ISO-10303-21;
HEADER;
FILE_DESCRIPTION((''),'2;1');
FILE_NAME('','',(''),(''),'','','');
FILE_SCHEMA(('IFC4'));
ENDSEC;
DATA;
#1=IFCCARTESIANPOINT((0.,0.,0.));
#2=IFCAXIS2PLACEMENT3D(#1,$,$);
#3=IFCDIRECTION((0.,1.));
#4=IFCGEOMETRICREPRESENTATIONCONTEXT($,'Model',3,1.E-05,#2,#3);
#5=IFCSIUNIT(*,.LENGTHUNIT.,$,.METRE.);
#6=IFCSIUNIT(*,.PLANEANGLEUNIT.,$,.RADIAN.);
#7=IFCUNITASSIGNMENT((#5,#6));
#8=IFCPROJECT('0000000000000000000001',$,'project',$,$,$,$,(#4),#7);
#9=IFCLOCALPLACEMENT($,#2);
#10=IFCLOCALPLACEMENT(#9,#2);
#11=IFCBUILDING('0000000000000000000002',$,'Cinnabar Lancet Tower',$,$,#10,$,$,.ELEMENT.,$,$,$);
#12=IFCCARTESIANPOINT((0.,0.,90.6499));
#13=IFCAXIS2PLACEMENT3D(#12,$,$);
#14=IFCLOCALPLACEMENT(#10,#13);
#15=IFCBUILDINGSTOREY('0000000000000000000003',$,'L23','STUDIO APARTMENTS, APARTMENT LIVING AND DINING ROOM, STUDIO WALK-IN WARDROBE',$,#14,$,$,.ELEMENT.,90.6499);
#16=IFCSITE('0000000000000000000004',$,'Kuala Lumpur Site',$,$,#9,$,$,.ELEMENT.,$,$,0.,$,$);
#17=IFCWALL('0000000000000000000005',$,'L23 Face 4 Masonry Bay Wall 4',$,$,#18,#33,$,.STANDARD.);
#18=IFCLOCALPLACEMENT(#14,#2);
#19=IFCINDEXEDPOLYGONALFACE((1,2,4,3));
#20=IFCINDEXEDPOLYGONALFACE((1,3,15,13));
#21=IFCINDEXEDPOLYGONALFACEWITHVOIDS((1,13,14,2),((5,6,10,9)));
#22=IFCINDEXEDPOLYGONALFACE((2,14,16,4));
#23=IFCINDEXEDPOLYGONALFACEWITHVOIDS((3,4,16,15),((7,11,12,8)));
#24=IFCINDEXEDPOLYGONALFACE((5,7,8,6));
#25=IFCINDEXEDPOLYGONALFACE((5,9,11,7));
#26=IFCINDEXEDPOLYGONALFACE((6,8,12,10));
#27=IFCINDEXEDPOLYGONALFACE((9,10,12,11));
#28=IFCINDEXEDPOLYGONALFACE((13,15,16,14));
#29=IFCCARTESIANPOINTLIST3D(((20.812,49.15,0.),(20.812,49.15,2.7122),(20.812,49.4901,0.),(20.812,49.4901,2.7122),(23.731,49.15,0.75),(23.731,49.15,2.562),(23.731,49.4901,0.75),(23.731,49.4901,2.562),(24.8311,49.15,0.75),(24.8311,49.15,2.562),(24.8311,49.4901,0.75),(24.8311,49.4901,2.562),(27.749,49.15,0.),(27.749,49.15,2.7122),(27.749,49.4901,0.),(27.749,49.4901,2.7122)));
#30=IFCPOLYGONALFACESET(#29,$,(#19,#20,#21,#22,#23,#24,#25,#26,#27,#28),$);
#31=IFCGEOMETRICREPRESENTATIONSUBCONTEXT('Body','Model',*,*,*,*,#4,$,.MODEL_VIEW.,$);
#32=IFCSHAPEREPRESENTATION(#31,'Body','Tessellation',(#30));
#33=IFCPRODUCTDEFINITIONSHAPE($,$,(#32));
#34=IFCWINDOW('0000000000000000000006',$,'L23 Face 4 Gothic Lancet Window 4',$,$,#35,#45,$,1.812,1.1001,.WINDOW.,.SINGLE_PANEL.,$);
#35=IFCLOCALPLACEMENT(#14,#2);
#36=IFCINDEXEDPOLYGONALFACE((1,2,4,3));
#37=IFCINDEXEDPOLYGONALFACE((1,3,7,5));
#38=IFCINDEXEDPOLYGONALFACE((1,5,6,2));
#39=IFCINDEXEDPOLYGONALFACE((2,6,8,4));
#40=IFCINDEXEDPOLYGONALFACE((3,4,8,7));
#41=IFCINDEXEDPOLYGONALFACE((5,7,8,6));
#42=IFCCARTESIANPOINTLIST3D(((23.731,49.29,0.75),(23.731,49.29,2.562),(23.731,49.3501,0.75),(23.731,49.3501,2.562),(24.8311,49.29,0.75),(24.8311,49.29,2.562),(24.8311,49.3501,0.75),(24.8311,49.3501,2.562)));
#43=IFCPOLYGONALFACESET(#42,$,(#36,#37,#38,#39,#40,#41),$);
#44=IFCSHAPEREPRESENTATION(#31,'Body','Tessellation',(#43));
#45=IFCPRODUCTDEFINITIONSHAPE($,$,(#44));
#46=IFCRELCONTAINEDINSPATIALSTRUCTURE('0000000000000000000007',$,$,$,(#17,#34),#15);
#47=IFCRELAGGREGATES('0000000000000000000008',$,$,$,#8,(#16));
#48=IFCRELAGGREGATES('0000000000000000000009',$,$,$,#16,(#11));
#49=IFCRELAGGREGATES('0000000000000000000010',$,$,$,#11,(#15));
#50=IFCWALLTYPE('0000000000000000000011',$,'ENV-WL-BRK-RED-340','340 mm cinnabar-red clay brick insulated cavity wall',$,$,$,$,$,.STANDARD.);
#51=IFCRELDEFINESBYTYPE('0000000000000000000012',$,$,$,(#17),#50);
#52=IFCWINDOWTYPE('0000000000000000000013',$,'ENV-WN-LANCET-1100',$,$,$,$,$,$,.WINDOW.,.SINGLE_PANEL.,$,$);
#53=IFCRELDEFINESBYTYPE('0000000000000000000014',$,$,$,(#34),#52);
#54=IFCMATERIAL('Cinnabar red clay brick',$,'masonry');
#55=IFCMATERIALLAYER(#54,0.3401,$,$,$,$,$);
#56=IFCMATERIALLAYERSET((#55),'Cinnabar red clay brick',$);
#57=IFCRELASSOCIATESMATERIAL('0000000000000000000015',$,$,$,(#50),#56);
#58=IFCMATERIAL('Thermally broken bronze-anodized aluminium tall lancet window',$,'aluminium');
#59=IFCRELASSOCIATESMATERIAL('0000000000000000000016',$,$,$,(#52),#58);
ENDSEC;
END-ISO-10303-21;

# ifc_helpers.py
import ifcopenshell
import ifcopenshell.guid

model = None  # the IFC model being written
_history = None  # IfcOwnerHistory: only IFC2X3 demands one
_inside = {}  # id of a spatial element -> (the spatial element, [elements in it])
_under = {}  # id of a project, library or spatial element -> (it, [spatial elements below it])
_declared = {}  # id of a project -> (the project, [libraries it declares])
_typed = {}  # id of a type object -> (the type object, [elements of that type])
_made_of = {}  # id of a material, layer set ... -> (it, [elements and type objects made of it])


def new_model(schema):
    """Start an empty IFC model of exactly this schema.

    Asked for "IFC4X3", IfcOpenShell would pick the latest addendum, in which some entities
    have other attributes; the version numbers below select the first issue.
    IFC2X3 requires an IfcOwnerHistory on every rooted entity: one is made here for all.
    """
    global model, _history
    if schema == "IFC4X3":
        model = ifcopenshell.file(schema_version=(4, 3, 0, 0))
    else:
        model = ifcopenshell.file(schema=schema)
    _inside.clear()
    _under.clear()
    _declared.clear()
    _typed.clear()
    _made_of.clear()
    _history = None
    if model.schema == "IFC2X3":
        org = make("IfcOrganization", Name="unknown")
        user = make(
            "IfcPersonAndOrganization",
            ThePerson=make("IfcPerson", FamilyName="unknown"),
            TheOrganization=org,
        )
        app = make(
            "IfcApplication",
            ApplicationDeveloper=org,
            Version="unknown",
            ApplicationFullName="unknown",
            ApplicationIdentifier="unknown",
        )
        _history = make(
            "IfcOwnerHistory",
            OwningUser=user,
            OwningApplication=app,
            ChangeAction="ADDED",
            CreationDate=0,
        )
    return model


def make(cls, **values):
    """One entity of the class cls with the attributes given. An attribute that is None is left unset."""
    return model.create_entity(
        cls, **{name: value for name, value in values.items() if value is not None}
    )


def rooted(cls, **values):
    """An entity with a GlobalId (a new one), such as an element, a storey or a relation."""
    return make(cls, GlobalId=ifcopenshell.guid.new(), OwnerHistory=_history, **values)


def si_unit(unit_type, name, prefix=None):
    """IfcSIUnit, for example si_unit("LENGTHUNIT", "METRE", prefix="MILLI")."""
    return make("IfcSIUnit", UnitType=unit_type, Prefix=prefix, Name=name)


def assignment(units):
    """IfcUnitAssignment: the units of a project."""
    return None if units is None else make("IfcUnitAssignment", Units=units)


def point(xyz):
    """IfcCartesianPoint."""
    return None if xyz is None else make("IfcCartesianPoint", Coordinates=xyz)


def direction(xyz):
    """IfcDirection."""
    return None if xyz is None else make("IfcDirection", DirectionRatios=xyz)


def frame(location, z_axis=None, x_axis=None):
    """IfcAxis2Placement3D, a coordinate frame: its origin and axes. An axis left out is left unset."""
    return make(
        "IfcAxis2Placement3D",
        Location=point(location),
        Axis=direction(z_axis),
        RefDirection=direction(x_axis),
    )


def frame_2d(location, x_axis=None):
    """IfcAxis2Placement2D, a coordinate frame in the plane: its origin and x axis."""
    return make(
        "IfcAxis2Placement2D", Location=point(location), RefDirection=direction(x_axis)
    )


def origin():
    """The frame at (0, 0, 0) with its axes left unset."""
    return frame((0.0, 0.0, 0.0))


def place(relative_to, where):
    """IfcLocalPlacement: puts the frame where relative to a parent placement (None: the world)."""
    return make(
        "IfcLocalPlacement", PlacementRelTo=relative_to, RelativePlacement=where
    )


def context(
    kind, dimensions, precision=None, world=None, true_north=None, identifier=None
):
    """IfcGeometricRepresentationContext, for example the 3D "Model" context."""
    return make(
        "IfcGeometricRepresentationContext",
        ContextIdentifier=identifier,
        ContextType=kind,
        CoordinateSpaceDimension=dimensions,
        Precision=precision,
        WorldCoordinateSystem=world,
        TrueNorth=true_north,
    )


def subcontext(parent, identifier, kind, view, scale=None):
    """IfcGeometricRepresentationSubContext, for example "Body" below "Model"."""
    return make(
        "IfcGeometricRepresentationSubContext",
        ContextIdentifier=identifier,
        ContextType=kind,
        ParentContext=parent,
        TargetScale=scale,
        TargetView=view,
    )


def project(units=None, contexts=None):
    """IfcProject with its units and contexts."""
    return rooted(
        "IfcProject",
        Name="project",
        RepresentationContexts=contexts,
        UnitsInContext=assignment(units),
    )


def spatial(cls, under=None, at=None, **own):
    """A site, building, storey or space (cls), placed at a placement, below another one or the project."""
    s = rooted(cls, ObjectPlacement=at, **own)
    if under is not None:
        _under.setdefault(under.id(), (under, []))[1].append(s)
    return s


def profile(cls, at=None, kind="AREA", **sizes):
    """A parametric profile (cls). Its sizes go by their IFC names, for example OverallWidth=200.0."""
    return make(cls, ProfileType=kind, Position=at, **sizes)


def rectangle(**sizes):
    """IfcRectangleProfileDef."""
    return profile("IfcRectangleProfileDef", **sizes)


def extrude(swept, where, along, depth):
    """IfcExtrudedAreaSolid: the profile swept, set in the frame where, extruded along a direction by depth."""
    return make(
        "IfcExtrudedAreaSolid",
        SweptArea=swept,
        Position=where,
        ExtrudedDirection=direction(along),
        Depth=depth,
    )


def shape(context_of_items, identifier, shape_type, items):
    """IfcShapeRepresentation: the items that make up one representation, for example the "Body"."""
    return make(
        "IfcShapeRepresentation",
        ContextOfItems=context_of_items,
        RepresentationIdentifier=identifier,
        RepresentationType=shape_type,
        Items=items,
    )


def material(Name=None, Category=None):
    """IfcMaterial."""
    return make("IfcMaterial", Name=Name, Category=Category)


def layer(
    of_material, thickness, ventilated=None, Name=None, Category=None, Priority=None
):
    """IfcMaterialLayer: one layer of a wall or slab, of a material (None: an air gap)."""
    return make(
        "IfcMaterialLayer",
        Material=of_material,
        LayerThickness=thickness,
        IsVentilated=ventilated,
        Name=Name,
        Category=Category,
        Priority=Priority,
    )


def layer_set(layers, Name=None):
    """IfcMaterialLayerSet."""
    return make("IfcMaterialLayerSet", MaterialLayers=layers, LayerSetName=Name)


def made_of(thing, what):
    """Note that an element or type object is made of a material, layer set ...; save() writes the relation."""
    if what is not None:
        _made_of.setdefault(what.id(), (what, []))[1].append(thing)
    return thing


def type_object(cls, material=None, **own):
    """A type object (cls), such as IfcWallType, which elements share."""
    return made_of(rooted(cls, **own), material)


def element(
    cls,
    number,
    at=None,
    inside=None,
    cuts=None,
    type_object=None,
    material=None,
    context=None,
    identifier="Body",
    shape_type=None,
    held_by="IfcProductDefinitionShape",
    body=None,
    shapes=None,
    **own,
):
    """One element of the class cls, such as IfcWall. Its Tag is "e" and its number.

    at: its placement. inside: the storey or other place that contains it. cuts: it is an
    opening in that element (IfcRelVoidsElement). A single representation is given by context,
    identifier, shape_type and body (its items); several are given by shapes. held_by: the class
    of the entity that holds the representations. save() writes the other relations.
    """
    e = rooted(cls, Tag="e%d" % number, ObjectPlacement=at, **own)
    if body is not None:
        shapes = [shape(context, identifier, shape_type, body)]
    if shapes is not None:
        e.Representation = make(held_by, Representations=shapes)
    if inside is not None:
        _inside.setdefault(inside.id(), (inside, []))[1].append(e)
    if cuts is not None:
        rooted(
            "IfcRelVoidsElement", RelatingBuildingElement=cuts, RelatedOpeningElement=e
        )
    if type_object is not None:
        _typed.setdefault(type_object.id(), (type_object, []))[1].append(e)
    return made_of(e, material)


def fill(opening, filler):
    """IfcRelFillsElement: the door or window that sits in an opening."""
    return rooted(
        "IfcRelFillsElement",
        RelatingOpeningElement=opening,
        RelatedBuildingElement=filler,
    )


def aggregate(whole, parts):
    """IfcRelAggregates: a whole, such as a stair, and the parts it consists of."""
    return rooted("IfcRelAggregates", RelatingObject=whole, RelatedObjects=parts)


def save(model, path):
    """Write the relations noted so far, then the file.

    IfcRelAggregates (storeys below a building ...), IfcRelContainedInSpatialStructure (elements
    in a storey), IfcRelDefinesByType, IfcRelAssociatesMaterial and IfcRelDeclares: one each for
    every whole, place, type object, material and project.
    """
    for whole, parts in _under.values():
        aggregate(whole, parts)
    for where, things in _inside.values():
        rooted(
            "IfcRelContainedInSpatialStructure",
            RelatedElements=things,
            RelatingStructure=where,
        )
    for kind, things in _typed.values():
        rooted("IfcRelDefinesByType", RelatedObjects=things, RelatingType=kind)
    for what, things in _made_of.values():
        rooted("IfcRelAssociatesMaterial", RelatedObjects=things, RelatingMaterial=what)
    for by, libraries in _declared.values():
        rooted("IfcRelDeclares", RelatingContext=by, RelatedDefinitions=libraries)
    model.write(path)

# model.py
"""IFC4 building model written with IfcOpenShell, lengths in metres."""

from ifc_helpers import new_model, si_unit, direction, frame, frame_2d, origin, place, context, subcontext, project, spatial, rectangle, extrude, material, layer, layer_set, type_object, element, fill, save


model = new_model("IFC4")

# Units and contexts
model_context = context("Model", 3, precision=1e-05, world=origin(), true_north=direction((0.0, 1.0)))
body_context = subcontext(model_context, "Body", "Model", "MODEL_VIEW")
ifc_project = project(units=[si_unit("LENGTHUNIT", "METRE"), si_unit("PLANEANGLEUNIT", "RADIAN")], contexts=[model_context])

# Site, building, storey
site_placement = place(None, origin())
site = spatial("IfcSite", under=ifc_project, at=site_placement, Name="Kuala Lumpur Site", CompositionType="ELEMENT", RefElevation=0.0)
building_placement = place(site_placement, origin())
building = spatial("IfcBuilding", under=site, at=building_placement, Name="Cinnabar Lancet Tower", CompositionType="ELEMENT")
storey_placement = place(building_placement, frame((0.0, 0.0, 90.6499)))
storey = spatial("IfcBuildingStorey", under=building, at=storey_placement, Name="L23", Description="STUDIO APARTMENTS, APARTMENT LIVING AND DINING ROOM, STUDIO WALK-IN WARDROBE", CompositionType="ELEMENT", Elevation=90.6499)

# Wall, opening, window
ifc_material_1 = material(Name="Cinnabar red clay brick", Category="masonry")
ifc_layer_1 = layer(ifc_material_1, 0.3401)
ifc_layer_set_1 = layer_set([ifc_layer_1], Name="Cinnabar red clay brick")
wall_type_1 = type_object("IfcWallType", Name="ENV-WL-BRK-RED-340", Description="340 mm cinnabar-red clay brick insulated cavity wall", PredefinedType="STANDARD", material=ifc_layer_set_1)
wall_1_placement = place(storey_placement, frame((27.749, 49.3201, 0.0), z_axis=(0.0, 0.0, 1.0), x_axis=(-1.0, 0.0, 0.0)))
wall_1 = element("IfcWall", 1, at=wall_1_placement, inside=storey, type_object=wall_type_1, Name="L23 Face 4 Masonry Bay Wall 4", PredefinedType="STANDARD", context=body_context, shape_type="SweptSolid", body=[
    extrude(rectangle(XDim=6.937, YDim=0.3401, at=frame_2d((3.4685, 0.0))), origin(), (0.0, 0.0, 1.0), 2.7122),
])
opening_1_placement = place(wall_1_placement, frame((2.918, 0.0, 0.75)))
opening_1 = element("IfcOpeningElement", 2, at=opening_1_placement, cuts=wall_1, PredefinedType="OPENING", context=body_context, shape_type="SweptSolid", body=[
    extrude(rectangle(XDim=1.1001, YDim=1.812, at=frame_2d((0.55, 0.906))), frame((0.0, 0.1799, 0.0), z_axis=(0.0, -1.0, 0.0), x_axis=(1.0, 0.0, 0.0)), (0.0, 0.0, 1.0), 0.3601),
])
ifc_material_2 = material(Name="Thermally broken bronze-anodized aluminium tall lancet window", Category="aluminium")
window_type = type_object("IfcWindowType", Name="ENV-WN-LANCET-1100", PartitioningType="SINGLE_PANEL", PredefinedType="WINDOW", material=ifc_material_2)
window_placement = place(opening_1_placement, origin())
window = element("IfcWindow", 3, at=window_placement, inside=storey, type_object=window_type, Name="L23 Face 4 Gothic Lancet Window 4", OverallHeight=1.812, OverallWidth=1.1001, PartitioningType="SINGLE_PANEL", PredefinedType="WINDOW", context=body_context, shape_type="SweptSolid", body=[
    extrude(rectangle(XDim=1.1001, YDim=1.812, at=frame_2d((0.55, 0.906))), frame((0.0, 0.03, 0.0), z_axis=(0.0, -1.0, 0.0), x_axis=(1.0, 0.0, 0.0)), (0.0, 0.0, 1.0), 0.0601),
])
fill(opening_1, window)

save(model, "model.ifc")
